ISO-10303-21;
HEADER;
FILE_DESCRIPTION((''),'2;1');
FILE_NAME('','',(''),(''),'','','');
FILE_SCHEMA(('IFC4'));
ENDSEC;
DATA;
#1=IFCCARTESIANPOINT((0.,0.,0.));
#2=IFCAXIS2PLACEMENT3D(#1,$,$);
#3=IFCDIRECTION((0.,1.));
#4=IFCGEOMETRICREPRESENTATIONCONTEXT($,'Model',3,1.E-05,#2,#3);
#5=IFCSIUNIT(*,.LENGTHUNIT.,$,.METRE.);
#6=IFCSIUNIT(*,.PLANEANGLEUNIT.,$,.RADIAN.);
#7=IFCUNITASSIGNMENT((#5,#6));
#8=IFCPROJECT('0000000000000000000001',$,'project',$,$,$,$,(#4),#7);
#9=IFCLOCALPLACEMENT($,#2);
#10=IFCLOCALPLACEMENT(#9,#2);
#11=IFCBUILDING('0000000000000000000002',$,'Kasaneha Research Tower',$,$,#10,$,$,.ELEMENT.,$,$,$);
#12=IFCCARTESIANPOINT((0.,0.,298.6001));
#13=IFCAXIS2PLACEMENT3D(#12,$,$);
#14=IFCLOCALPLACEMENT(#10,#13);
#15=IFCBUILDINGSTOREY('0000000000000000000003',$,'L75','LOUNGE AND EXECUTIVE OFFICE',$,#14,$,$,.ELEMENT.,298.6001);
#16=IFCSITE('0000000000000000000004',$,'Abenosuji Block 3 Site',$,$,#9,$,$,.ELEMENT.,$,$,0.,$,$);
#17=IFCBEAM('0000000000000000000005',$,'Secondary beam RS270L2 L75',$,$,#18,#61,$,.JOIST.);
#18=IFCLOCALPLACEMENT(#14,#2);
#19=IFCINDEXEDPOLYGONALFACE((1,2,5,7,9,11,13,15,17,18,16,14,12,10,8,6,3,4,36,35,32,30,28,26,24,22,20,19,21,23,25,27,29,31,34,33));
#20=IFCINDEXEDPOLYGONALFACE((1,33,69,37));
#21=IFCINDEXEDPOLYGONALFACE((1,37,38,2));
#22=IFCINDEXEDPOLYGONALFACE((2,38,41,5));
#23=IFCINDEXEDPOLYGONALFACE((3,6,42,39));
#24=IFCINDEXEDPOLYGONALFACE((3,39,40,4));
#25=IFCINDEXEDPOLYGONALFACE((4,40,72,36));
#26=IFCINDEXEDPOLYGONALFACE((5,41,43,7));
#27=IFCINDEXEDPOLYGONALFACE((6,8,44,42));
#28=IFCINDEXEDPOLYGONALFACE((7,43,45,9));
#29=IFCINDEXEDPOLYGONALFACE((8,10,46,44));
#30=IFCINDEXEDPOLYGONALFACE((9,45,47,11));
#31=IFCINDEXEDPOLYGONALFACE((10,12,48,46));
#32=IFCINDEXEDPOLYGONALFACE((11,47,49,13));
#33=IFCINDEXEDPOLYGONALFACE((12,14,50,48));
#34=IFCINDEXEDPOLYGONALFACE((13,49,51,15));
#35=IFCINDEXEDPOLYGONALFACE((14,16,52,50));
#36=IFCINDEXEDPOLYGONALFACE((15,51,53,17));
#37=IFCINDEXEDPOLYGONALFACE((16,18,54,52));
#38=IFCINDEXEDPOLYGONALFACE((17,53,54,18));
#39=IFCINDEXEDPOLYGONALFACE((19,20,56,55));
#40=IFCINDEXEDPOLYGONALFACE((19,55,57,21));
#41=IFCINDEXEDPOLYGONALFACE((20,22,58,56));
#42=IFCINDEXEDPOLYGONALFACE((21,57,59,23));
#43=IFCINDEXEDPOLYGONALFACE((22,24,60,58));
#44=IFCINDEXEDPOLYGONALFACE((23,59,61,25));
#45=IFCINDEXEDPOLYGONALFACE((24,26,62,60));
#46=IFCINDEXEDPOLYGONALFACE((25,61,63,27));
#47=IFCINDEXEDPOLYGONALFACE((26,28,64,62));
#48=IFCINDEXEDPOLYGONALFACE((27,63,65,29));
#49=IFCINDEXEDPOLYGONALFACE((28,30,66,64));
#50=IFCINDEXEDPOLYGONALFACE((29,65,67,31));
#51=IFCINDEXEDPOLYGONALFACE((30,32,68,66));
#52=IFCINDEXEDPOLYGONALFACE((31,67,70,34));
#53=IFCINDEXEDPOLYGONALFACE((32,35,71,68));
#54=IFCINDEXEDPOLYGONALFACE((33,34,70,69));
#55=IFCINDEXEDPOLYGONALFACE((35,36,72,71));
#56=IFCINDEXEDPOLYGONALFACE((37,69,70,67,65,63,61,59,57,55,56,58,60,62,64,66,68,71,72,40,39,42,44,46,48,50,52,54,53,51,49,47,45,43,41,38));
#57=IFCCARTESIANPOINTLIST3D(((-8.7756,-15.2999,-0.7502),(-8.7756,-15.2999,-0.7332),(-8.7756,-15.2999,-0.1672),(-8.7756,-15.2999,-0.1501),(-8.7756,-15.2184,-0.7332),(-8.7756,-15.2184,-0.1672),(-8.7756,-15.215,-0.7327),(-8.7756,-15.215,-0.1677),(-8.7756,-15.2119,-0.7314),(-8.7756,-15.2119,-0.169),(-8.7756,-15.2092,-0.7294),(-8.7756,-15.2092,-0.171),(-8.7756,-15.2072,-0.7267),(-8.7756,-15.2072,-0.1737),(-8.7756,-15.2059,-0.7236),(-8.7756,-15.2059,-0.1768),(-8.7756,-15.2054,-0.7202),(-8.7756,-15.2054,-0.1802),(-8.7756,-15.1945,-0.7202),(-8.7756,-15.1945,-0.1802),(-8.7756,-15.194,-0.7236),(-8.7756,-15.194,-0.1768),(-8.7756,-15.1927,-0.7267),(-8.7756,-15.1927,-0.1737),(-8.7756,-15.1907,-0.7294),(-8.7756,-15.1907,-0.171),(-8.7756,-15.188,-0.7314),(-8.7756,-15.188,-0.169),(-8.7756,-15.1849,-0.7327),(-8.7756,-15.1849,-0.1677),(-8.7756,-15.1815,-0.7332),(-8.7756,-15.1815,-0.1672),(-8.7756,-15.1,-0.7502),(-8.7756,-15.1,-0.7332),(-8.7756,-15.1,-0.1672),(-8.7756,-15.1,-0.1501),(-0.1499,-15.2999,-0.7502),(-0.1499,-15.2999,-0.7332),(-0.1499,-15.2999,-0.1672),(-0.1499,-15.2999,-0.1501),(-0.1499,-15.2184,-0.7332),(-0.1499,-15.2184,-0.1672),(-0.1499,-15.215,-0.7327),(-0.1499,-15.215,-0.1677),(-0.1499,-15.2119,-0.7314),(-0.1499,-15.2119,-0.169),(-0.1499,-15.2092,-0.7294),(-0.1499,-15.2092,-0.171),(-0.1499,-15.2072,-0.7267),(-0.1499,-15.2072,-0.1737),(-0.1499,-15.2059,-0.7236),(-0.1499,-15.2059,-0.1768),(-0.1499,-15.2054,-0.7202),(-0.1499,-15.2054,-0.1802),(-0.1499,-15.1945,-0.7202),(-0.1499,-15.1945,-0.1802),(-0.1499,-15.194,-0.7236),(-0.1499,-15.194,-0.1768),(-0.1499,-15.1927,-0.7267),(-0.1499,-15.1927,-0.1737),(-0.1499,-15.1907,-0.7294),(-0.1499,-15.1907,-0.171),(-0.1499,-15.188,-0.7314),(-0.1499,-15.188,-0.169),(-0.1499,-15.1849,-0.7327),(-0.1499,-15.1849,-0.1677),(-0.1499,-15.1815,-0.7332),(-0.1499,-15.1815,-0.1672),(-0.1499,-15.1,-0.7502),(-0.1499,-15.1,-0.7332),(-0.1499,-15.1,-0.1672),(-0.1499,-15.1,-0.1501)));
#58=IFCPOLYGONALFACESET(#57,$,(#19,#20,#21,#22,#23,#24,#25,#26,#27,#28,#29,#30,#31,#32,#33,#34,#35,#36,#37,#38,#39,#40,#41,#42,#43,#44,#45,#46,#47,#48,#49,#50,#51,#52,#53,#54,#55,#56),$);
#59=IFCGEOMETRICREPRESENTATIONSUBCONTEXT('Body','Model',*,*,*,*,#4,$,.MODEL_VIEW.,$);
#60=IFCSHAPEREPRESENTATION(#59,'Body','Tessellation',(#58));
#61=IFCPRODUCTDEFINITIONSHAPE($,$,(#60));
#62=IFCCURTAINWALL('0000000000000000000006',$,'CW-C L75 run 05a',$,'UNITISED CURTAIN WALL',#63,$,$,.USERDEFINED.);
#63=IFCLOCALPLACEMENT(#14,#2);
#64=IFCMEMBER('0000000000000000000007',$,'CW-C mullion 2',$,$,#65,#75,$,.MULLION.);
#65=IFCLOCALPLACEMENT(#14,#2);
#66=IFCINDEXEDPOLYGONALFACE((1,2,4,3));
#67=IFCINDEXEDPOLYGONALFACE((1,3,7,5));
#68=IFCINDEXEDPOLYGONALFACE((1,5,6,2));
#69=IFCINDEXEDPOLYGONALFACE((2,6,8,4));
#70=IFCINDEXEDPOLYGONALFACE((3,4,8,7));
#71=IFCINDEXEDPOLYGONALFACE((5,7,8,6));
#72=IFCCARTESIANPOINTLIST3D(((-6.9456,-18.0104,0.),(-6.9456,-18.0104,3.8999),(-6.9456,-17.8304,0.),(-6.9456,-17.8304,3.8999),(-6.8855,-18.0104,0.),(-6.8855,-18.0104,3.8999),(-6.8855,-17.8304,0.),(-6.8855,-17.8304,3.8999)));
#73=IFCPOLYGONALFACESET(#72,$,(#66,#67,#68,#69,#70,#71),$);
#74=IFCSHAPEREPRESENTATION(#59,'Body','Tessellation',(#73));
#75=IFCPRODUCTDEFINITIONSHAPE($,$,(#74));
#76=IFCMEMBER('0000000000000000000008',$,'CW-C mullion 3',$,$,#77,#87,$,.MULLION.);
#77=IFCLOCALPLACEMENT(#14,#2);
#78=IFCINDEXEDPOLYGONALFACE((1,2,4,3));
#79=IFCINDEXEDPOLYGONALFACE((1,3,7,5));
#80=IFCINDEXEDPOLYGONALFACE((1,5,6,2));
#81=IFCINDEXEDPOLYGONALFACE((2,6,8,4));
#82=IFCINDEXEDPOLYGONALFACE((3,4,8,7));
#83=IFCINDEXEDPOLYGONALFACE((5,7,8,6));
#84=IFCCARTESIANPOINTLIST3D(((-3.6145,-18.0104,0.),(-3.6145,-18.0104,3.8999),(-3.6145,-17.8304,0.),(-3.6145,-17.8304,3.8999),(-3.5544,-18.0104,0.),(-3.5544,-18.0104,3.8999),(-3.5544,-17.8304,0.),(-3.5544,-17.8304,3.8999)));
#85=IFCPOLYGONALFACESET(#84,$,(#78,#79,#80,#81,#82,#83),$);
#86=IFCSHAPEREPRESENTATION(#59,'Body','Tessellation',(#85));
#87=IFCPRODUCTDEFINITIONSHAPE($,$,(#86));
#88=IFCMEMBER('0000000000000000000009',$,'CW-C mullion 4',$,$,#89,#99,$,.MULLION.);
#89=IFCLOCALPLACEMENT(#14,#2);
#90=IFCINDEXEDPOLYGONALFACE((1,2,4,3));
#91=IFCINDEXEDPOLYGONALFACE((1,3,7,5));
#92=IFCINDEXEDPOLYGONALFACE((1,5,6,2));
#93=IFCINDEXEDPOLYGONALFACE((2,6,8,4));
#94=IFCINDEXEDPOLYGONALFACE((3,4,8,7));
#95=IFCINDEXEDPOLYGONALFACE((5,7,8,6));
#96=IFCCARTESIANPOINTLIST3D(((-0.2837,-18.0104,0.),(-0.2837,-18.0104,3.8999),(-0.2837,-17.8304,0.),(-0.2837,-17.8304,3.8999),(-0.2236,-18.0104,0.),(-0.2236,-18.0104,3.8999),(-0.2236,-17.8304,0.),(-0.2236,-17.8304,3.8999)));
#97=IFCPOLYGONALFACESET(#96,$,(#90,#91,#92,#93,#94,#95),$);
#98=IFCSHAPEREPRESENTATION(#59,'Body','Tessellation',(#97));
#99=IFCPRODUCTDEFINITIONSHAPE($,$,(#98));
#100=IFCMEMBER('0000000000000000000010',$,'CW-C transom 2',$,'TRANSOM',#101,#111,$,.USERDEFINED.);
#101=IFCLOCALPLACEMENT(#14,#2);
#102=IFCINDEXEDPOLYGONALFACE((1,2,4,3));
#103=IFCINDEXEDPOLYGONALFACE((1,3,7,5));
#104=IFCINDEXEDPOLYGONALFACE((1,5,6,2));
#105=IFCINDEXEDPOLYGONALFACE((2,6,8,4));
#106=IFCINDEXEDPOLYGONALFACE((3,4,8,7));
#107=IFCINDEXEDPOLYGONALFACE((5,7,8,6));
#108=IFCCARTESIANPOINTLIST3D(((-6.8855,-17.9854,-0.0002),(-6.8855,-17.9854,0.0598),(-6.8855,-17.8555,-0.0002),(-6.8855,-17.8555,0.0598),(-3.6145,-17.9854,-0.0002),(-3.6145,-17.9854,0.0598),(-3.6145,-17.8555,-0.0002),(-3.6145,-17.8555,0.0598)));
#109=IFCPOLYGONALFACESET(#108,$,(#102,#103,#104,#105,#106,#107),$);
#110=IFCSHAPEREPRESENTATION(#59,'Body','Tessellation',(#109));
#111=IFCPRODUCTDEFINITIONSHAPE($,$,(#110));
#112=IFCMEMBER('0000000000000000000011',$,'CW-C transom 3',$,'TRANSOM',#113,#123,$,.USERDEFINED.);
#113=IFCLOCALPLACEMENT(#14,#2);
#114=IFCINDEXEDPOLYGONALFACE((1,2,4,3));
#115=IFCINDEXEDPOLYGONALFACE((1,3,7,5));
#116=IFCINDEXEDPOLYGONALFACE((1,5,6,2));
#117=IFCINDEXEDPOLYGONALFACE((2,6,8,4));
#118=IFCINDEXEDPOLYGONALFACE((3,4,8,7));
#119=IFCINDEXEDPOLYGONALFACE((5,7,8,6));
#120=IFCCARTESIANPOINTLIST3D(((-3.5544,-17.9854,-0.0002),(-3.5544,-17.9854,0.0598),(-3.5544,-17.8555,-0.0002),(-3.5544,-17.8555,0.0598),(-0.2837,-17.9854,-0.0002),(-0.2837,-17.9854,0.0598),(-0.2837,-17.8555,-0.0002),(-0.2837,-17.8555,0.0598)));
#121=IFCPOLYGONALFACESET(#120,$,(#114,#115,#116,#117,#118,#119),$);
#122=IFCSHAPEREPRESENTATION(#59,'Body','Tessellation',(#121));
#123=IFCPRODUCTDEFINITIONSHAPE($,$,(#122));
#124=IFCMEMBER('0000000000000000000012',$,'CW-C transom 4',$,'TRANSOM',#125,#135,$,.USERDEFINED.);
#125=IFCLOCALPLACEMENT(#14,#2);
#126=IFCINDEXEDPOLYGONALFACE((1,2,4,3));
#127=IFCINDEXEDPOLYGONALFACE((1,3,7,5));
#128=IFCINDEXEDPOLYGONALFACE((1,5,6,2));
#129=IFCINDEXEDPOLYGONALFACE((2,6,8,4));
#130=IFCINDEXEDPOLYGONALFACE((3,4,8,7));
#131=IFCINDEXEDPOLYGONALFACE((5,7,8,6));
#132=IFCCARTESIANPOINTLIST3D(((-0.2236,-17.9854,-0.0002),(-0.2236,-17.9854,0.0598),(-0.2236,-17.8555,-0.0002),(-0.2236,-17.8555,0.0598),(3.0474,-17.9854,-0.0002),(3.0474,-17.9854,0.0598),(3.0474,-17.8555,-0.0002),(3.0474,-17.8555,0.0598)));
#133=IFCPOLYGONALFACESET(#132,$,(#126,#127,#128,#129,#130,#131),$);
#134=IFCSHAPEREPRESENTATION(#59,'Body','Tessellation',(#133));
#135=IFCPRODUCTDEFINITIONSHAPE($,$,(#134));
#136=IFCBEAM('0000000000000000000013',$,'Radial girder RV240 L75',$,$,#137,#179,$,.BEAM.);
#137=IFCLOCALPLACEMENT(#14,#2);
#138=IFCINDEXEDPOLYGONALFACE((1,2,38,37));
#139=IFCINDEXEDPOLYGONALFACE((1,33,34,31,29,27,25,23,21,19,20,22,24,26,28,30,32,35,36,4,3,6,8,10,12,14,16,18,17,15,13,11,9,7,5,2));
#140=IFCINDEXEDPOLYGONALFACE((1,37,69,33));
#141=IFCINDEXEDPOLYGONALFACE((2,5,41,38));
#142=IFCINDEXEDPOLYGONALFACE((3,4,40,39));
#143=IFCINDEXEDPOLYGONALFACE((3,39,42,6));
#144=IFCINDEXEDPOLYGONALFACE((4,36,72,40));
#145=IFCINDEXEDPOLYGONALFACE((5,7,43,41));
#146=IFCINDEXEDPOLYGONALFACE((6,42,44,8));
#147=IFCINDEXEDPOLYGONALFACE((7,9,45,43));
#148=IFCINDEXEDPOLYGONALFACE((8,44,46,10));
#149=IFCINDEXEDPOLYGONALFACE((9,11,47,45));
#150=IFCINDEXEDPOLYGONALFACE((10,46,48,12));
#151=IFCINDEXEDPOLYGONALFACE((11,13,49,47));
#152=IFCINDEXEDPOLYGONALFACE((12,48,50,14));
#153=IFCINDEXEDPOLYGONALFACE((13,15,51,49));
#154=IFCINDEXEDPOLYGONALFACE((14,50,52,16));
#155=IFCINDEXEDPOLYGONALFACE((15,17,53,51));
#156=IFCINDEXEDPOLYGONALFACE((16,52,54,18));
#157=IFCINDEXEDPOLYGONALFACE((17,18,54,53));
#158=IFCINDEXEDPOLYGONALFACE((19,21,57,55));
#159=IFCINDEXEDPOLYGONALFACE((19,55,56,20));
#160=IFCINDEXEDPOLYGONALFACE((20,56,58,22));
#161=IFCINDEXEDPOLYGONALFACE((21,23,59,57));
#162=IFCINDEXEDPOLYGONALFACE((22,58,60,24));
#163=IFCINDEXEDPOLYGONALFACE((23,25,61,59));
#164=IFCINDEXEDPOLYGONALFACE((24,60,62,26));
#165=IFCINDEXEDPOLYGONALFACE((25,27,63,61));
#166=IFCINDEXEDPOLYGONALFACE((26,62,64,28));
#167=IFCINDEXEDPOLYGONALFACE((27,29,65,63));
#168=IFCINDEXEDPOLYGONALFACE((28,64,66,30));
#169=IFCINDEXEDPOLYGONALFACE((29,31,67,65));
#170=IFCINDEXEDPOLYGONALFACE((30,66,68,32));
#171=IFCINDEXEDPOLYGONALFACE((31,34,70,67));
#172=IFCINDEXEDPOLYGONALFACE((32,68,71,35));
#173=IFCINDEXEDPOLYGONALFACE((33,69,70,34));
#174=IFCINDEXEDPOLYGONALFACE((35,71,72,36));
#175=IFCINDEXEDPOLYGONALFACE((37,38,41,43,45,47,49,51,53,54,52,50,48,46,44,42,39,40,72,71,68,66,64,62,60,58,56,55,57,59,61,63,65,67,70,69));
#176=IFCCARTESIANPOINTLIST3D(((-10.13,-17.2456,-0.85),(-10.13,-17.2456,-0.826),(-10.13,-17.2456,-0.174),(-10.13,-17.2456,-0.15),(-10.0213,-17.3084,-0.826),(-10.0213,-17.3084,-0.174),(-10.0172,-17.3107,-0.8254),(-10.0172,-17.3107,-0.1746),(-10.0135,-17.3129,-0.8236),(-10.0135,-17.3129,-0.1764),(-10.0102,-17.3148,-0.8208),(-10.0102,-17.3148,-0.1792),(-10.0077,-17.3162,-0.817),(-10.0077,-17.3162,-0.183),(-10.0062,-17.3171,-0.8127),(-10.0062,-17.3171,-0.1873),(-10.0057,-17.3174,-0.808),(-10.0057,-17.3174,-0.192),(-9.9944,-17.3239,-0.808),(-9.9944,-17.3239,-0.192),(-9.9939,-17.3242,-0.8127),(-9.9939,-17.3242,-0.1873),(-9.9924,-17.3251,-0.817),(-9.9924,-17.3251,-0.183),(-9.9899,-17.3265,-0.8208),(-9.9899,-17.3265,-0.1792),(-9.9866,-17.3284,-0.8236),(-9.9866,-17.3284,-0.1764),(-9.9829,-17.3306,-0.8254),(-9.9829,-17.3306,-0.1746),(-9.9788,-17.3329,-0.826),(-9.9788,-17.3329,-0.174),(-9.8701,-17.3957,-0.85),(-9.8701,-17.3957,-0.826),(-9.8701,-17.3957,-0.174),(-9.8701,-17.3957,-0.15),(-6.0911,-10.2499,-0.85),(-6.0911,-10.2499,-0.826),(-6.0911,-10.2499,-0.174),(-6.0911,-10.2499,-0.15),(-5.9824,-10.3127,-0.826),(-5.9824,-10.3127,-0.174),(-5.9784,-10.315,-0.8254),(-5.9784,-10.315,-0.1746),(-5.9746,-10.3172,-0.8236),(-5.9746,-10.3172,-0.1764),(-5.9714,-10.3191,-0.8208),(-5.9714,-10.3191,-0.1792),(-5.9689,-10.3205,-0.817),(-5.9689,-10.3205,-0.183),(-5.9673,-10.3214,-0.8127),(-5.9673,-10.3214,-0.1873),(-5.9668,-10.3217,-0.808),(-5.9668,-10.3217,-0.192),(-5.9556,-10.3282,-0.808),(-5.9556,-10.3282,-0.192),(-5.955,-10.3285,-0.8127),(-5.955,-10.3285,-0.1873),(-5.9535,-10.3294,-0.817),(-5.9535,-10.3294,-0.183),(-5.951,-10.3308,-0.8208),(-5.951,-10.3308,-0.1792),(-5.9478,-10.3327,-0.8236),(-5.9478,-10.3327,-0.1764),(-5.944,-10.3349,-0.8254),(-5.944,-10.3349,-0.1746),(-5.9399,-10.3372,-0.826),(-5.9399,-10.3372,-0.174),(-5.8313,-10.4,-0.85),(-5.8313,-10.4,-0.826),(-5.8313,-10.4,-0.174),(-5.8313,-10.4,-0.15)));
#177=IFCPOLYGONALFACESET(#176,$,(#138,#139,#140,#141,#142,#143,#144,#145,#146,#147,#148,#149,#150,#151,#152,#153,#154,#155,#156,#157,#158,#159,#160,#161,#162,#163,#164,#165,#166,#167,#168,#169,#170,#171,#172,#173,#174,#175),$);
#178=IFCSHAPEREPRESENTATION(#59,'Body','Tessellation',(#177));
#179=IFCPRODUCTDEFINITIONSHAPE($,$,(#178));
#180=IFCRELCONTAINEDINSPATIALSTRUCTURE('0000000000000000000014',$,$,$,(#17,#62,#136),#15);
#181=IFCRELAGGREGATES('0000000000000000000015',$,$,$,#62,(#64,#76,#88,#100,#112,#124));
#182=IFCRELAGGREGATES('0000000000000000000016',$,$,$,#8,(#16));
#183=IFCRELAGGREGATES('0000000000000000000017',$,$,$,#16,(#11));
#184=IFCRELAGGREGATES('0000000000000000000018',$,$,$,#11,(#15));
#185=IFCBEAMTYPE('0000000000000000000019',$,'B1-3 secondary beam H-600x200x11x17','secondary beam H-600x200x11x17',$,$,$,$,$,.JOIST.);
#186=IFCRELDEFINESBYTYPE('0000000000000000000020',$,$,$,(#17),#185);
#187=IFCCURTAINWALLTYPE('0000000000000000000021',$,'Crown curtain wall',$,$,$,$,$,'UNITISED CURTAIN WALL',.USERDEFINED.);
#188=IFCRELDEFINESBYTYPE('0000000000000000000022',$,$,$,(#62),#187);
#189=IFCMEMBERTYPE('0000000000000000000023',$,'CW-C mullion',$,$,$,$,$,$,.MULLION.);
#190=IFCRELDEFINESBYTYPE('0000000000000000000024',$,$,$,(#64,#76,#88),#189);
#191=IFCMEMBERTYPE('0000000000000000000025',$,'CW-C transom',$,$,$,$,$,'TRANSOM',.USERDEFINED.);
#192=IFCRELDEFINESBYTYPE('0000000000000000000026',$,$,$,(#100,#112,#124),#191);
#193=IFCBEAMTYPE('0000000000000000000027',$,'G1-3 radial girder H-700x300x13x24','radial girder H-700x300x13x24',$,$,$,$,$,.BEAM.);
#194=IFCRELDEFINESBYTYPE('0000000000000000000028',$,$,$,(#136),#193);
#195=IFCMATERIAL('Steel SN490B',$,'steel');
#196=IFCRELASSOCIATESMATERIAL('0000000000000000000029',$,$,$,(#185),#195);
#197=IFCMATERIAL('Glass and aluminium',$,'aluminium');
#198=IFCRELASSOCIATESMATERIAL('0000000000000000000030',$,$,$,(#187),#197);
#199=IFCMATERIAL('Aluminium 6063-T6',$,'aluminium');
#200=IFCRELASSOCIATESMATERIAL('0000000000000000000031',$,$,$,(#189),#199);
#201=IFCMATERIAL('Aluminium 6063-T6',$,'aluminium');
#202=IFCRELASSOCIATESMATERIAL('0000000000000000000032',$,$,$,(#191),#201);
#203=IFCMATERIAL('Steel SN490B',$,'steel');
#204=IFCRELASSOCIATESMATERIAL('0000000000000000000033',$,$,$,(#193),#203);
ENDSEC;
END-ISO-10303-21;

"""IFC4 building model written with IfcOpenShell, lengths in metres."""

from ifc_helpers import new_model, si_unit, direction, frame, origin, origin_2d, place, context, subcontext, project, spatial, rectangle, i_section, extrude, material, material_profile, profile_set, type_object, element, aggregate, save


model = new_model("IFC4")

# Units and contexts
model_context = context("Model", 3, precision=1e-05, world=origin(), true_north=direction((0.0, 1.0)))
body_context = subcontext(model_context, "Body", "Model", "MODEL_VIEW")
ifc_project = project(units=[si_unit("LENGTHUNIT", "METRE"), si_unit("PLANEANGLEUNIT", "RADIAN")], contexts=[model_context])

# Site, building, storey
site_placement = place(None, origin())
site = spatial("IfcSite", under=ifc_project, at=site_placement, Name="Abenosuji Block 3 Site", CompositionType="ELEMENT", RefElevation=0.0)
building_placement = place(site_placement, origin())
building = spatial("IfcBuilding", under=site, at=building_placement, Name="Kasaneha Research Tower", CompositionType="ELEMENT")
storey_placement = place(building_placement, frame((0.0, 0.0, 298.6001)))
storey = spatial("IfcBuildingStorey", under=building, at=storey_placement, Name="L75", Description="LOUNGE AND EXECUTIVE OFFICE", CompositionType="ELEMENT", Elevation=298.6001)

# Beam
ifc_material_1 = material(Name="Steel SN490B", Category="steel")
ifc_material_profile_1 = material_profile(ifc_material_1, i_section(OverallWidth=0.2, OverallDepth=0.6001, WebThickness=0.011, FlangeThickness=0.0171, FilletRadius=0.0129, at=origin_2d()), Name="H-600x200x11x17")
ifc_profile_set_1 = profile_set([ifc_material_profile_1], Name="Steel SN490B")
beam_type_1 = type_object("IfcBeamType", Name="B1-3 secondary beam H-600x200x11x17", Description="secondary beam H-600x200x11x17", PredefinedType="JOIST", material=ifc_profile_set_1)
beam_1_placement = place(storey_placement, frame((-8.7756, -15.2, -0.4502), z_axis=(1.0, 0.0, 0.0), x_axis=(0.0, 1.0, 0.0)))
element("IfcBeam", 1, at=beam_1_placement, inside=storey, type_object=beam_type_1, Name="Secondary beam RS270L2 L75", PredefinedType="JOIST", context=body_context, shape_type="SweptSolid", body=[
    extrude(i_section(OverallWidth=0.2, OverallDepth=0.6001, WebThickness=0.011, FlangeThickness=0.0171, FilletRadius=0.0129, at=origin_2d()), origin(), (0.0, 0.0, 1.0), 8.6257),
])

# Curtain wall, members
ifc_material_2 = material(Name="Glass and aluminium", Category="aluminium")
curtain_wall_type = type_object("IfcCurtainWallType", Name="Crown curtain wall", ElementType="UNITISED CURTAIN WALL", PredefinedType="USERDEFINED", material=ifc_material_2)
curtain_wall_placement = place(storey_placement, origin())
curtain_wall = element("IfcCurtainWall", 2, at=curtain_wall_placement, inside=storey, type_object=curtain_wall_type, Name="CW-C L75 run 05a", ObjectType="UNITISED CURTAIN WALL", PredefinedType="USERDEFINED")
ifc_material_3 = material(Name="Aluminium 6063-T6", Category="aluminium")
ifc_material_profile_2 = material_profile(ifc_material_3, rectangle(XDim=0.0601, YDim=0.1799, at=origin_2d()), Name="CW-C mullion 60x180")
ifc_profile_set_2 = profile_set([ifc_material_profile_2], Name="Aluminium 6063-T6")
member_type_1 = type_object("IfcMemberType", Name="CW-C mullion", PredefinedType="MULLION", material=ifc_profile_set_2)
member_1_placement = place(storey_placement, frame((-6.9155, -17.9204, 0.0), z_axis=(0.0, 0.0, 1.0), x_axis=(1.0, 0.0, 0.0)))
member_1 = element("IfcMember", 3, at=member_1_placement, type_object=member_type_1, Name="CW-C mullion 2", PredefinedType="MULLION", context=body_context, shape_type="SweptSolid", body=[
    extrude(rectangle(XDim=0.0601, YDim=0.1799, at=origin_2d()), origin(), (0.0, 0.0, 1.0), 3.8999),
])
member_2_placement = place(storey_placement, frame((-3.5845, -17.9204, 0.0), z_axis=(0.0, 0.0, 1.0), x_axis=(1.0, 0.0, 0.0)))
member_2 = element("IfcMember", 4, at=member_2_placement, type_object=member_type_1, Name="CW-C mullion 3", PredefinedType="MULLION", context=body_context, shape_type="SweptSolid", body=[
    extrude(rectangle(XDim=0.0601, YDim=0.1799, at=origin_2d()), origin(), (0.0, 0.0, 1.0), 3.8999),
])
member_3_placement = place(storey_placement, frame((-0.2537, -17.9204, 0.0), z_axis=(0.0, 0.0, 1.0), x_axis=(1.0, 0.0, 0.0)))
member_3 = element("IfcMember", 5, at=member_3_placement, type_object=member_type_1, Name="CW-C mullion 4", PredefinedType="MULLION", context=body_context, shape_type="SweptSolid", body=[
    extrude(rectangle(XDim=0.0601, YDim=0.1799, at=origin_2d()), origin(), (0.0, 0.0, 1.0), 3.8999),
])
ifc_material_4 = material(Name="Aluminium 6063-T6", Category="aluminium")
ifc_material_profile_3 = material_profile(ifc_material_4, rectangle(XDim=0.1299, YDim=0.0601, at=origin_2d()), Name="CW-C transom 130x60")
ifc_profile_set_3 = profile_set([ifc_material_profile_3], Name="Aluminium 6063-T6")
member_type_2 = type_object("IfcMemberType", Name="CW-C transom", ElementType="TRANSOM", PredefinedType="USERDEFINED", material=ifc_profile_set_3)
member_4_placement = place(storey_placement, frame((-6.8855, -17.9204, 0.0298), z_axis=(1.0, 0.0, 0.0), x_axis=(0.0, 1.0, 0.0)))
member_4 = element("IfcMember", 6, at=member_4_placement, type_object=member_type_2, Name="CW-C transom 2", ObjectType="TRANSOM", PredefinedType="USERDEFINED", context=body_context, shape_type="SweptSolid", body=[
    extrude(rectangle(XDim=0.1299, YDim=0.0601, at=origin_2d()), origin(), (0.0, 0.0, 1.0), 3.271),
])
member_5_placement = place(storey_placement, frame((-3.5544, -17.9204, 0.0298), z_axis=(1.0, 0.0, 0.0), x_axis=(0.0, 1.0, 0.0)))
member_5 = element("IfcMember", 7, at=member_5_placement, type_object=member_type_2, Name="CW-C transom 3", ObjectType="TRANSOM", PredefinedType="USERDEFINED", context=body_context, shape_type="SweptSolid", body=[
    extrude(rectangle(XDim=0.1299, YDim=0.0601, at=origin_2d()), origin(), (0.0, 0.0, 1.0), 3.2708),
])
member_6_placement = place(storey_placement, frame((-0.2236, -17.9204, 0.0298), z_axis=(1.0, 0.0, 0.0), x_axis=(0.0, 1.0, 0.0)))
member_6 = element("IfcMember", 8, at=member_6_placement, type_object=member_type_2, Name="CW-C transom 4", ObjectType="TRANSOM", PredefinedType="USERDEFINED", context=body_context, shape_type="SweptSolid", body=[
    extrude(rectangle(XDim=0.1299, YDim=0.0601, at=origin_2d()), origin(), (0.0, 0.0, 1.0), 3.271),
])

# Beam
ifc_material_5 = material(Name="Steel SN490B", Category="steel")
ifc_material_profile_4 = material_profile(ifc_material_5, i_section(OverallWidth=0.3, OverallDepth=0.7, WebThickness=0.0129, FlangeThickness=0.0239, FilletRadius=0.0181, at=origin_2d()), Name="H-700x300x13x24")
ifc_profile_set_4 = profile_set([ifc_material_profile_4], Name="Steel SN490B")
beam_type_2 = type_object("IfcBeamType", Name="G1-3 radial girder H-700x300x13x24", Description="radial girder H-700x300x13x24", PredefinedType="BEAM", material=ifc_profile_set_4)
beam_2_placement = place(storey_placement, frame((-5.9612, -10.325, -0.5), z_axis=(-0.499991, -0.866031, 0.0), x_axis=(0.866031, -0.499991, 0.0)))
element("IfcBeam", 9, at=beam_2_placement, inside=storey, type_object=beam_type_2, Name="Radial girder RV240 L75", PredefinedType="BEAM", context=body_context, shape_type="SweptSolid", body=[
    extrude(i_section(OverallWidth=0.3, OverallDepth=0.7, WebThickness=0.0129, FlangeThickness=0.0239, FilletRadius=0.0181, at=origin_2d()), origin(), (0.0, 0.0, 1.0), 8.0779),
])

aggregate(curtain_wall, [member_1, member_2, member_3, member_4, member_5, member_6])

save(model, "model.ifc")
